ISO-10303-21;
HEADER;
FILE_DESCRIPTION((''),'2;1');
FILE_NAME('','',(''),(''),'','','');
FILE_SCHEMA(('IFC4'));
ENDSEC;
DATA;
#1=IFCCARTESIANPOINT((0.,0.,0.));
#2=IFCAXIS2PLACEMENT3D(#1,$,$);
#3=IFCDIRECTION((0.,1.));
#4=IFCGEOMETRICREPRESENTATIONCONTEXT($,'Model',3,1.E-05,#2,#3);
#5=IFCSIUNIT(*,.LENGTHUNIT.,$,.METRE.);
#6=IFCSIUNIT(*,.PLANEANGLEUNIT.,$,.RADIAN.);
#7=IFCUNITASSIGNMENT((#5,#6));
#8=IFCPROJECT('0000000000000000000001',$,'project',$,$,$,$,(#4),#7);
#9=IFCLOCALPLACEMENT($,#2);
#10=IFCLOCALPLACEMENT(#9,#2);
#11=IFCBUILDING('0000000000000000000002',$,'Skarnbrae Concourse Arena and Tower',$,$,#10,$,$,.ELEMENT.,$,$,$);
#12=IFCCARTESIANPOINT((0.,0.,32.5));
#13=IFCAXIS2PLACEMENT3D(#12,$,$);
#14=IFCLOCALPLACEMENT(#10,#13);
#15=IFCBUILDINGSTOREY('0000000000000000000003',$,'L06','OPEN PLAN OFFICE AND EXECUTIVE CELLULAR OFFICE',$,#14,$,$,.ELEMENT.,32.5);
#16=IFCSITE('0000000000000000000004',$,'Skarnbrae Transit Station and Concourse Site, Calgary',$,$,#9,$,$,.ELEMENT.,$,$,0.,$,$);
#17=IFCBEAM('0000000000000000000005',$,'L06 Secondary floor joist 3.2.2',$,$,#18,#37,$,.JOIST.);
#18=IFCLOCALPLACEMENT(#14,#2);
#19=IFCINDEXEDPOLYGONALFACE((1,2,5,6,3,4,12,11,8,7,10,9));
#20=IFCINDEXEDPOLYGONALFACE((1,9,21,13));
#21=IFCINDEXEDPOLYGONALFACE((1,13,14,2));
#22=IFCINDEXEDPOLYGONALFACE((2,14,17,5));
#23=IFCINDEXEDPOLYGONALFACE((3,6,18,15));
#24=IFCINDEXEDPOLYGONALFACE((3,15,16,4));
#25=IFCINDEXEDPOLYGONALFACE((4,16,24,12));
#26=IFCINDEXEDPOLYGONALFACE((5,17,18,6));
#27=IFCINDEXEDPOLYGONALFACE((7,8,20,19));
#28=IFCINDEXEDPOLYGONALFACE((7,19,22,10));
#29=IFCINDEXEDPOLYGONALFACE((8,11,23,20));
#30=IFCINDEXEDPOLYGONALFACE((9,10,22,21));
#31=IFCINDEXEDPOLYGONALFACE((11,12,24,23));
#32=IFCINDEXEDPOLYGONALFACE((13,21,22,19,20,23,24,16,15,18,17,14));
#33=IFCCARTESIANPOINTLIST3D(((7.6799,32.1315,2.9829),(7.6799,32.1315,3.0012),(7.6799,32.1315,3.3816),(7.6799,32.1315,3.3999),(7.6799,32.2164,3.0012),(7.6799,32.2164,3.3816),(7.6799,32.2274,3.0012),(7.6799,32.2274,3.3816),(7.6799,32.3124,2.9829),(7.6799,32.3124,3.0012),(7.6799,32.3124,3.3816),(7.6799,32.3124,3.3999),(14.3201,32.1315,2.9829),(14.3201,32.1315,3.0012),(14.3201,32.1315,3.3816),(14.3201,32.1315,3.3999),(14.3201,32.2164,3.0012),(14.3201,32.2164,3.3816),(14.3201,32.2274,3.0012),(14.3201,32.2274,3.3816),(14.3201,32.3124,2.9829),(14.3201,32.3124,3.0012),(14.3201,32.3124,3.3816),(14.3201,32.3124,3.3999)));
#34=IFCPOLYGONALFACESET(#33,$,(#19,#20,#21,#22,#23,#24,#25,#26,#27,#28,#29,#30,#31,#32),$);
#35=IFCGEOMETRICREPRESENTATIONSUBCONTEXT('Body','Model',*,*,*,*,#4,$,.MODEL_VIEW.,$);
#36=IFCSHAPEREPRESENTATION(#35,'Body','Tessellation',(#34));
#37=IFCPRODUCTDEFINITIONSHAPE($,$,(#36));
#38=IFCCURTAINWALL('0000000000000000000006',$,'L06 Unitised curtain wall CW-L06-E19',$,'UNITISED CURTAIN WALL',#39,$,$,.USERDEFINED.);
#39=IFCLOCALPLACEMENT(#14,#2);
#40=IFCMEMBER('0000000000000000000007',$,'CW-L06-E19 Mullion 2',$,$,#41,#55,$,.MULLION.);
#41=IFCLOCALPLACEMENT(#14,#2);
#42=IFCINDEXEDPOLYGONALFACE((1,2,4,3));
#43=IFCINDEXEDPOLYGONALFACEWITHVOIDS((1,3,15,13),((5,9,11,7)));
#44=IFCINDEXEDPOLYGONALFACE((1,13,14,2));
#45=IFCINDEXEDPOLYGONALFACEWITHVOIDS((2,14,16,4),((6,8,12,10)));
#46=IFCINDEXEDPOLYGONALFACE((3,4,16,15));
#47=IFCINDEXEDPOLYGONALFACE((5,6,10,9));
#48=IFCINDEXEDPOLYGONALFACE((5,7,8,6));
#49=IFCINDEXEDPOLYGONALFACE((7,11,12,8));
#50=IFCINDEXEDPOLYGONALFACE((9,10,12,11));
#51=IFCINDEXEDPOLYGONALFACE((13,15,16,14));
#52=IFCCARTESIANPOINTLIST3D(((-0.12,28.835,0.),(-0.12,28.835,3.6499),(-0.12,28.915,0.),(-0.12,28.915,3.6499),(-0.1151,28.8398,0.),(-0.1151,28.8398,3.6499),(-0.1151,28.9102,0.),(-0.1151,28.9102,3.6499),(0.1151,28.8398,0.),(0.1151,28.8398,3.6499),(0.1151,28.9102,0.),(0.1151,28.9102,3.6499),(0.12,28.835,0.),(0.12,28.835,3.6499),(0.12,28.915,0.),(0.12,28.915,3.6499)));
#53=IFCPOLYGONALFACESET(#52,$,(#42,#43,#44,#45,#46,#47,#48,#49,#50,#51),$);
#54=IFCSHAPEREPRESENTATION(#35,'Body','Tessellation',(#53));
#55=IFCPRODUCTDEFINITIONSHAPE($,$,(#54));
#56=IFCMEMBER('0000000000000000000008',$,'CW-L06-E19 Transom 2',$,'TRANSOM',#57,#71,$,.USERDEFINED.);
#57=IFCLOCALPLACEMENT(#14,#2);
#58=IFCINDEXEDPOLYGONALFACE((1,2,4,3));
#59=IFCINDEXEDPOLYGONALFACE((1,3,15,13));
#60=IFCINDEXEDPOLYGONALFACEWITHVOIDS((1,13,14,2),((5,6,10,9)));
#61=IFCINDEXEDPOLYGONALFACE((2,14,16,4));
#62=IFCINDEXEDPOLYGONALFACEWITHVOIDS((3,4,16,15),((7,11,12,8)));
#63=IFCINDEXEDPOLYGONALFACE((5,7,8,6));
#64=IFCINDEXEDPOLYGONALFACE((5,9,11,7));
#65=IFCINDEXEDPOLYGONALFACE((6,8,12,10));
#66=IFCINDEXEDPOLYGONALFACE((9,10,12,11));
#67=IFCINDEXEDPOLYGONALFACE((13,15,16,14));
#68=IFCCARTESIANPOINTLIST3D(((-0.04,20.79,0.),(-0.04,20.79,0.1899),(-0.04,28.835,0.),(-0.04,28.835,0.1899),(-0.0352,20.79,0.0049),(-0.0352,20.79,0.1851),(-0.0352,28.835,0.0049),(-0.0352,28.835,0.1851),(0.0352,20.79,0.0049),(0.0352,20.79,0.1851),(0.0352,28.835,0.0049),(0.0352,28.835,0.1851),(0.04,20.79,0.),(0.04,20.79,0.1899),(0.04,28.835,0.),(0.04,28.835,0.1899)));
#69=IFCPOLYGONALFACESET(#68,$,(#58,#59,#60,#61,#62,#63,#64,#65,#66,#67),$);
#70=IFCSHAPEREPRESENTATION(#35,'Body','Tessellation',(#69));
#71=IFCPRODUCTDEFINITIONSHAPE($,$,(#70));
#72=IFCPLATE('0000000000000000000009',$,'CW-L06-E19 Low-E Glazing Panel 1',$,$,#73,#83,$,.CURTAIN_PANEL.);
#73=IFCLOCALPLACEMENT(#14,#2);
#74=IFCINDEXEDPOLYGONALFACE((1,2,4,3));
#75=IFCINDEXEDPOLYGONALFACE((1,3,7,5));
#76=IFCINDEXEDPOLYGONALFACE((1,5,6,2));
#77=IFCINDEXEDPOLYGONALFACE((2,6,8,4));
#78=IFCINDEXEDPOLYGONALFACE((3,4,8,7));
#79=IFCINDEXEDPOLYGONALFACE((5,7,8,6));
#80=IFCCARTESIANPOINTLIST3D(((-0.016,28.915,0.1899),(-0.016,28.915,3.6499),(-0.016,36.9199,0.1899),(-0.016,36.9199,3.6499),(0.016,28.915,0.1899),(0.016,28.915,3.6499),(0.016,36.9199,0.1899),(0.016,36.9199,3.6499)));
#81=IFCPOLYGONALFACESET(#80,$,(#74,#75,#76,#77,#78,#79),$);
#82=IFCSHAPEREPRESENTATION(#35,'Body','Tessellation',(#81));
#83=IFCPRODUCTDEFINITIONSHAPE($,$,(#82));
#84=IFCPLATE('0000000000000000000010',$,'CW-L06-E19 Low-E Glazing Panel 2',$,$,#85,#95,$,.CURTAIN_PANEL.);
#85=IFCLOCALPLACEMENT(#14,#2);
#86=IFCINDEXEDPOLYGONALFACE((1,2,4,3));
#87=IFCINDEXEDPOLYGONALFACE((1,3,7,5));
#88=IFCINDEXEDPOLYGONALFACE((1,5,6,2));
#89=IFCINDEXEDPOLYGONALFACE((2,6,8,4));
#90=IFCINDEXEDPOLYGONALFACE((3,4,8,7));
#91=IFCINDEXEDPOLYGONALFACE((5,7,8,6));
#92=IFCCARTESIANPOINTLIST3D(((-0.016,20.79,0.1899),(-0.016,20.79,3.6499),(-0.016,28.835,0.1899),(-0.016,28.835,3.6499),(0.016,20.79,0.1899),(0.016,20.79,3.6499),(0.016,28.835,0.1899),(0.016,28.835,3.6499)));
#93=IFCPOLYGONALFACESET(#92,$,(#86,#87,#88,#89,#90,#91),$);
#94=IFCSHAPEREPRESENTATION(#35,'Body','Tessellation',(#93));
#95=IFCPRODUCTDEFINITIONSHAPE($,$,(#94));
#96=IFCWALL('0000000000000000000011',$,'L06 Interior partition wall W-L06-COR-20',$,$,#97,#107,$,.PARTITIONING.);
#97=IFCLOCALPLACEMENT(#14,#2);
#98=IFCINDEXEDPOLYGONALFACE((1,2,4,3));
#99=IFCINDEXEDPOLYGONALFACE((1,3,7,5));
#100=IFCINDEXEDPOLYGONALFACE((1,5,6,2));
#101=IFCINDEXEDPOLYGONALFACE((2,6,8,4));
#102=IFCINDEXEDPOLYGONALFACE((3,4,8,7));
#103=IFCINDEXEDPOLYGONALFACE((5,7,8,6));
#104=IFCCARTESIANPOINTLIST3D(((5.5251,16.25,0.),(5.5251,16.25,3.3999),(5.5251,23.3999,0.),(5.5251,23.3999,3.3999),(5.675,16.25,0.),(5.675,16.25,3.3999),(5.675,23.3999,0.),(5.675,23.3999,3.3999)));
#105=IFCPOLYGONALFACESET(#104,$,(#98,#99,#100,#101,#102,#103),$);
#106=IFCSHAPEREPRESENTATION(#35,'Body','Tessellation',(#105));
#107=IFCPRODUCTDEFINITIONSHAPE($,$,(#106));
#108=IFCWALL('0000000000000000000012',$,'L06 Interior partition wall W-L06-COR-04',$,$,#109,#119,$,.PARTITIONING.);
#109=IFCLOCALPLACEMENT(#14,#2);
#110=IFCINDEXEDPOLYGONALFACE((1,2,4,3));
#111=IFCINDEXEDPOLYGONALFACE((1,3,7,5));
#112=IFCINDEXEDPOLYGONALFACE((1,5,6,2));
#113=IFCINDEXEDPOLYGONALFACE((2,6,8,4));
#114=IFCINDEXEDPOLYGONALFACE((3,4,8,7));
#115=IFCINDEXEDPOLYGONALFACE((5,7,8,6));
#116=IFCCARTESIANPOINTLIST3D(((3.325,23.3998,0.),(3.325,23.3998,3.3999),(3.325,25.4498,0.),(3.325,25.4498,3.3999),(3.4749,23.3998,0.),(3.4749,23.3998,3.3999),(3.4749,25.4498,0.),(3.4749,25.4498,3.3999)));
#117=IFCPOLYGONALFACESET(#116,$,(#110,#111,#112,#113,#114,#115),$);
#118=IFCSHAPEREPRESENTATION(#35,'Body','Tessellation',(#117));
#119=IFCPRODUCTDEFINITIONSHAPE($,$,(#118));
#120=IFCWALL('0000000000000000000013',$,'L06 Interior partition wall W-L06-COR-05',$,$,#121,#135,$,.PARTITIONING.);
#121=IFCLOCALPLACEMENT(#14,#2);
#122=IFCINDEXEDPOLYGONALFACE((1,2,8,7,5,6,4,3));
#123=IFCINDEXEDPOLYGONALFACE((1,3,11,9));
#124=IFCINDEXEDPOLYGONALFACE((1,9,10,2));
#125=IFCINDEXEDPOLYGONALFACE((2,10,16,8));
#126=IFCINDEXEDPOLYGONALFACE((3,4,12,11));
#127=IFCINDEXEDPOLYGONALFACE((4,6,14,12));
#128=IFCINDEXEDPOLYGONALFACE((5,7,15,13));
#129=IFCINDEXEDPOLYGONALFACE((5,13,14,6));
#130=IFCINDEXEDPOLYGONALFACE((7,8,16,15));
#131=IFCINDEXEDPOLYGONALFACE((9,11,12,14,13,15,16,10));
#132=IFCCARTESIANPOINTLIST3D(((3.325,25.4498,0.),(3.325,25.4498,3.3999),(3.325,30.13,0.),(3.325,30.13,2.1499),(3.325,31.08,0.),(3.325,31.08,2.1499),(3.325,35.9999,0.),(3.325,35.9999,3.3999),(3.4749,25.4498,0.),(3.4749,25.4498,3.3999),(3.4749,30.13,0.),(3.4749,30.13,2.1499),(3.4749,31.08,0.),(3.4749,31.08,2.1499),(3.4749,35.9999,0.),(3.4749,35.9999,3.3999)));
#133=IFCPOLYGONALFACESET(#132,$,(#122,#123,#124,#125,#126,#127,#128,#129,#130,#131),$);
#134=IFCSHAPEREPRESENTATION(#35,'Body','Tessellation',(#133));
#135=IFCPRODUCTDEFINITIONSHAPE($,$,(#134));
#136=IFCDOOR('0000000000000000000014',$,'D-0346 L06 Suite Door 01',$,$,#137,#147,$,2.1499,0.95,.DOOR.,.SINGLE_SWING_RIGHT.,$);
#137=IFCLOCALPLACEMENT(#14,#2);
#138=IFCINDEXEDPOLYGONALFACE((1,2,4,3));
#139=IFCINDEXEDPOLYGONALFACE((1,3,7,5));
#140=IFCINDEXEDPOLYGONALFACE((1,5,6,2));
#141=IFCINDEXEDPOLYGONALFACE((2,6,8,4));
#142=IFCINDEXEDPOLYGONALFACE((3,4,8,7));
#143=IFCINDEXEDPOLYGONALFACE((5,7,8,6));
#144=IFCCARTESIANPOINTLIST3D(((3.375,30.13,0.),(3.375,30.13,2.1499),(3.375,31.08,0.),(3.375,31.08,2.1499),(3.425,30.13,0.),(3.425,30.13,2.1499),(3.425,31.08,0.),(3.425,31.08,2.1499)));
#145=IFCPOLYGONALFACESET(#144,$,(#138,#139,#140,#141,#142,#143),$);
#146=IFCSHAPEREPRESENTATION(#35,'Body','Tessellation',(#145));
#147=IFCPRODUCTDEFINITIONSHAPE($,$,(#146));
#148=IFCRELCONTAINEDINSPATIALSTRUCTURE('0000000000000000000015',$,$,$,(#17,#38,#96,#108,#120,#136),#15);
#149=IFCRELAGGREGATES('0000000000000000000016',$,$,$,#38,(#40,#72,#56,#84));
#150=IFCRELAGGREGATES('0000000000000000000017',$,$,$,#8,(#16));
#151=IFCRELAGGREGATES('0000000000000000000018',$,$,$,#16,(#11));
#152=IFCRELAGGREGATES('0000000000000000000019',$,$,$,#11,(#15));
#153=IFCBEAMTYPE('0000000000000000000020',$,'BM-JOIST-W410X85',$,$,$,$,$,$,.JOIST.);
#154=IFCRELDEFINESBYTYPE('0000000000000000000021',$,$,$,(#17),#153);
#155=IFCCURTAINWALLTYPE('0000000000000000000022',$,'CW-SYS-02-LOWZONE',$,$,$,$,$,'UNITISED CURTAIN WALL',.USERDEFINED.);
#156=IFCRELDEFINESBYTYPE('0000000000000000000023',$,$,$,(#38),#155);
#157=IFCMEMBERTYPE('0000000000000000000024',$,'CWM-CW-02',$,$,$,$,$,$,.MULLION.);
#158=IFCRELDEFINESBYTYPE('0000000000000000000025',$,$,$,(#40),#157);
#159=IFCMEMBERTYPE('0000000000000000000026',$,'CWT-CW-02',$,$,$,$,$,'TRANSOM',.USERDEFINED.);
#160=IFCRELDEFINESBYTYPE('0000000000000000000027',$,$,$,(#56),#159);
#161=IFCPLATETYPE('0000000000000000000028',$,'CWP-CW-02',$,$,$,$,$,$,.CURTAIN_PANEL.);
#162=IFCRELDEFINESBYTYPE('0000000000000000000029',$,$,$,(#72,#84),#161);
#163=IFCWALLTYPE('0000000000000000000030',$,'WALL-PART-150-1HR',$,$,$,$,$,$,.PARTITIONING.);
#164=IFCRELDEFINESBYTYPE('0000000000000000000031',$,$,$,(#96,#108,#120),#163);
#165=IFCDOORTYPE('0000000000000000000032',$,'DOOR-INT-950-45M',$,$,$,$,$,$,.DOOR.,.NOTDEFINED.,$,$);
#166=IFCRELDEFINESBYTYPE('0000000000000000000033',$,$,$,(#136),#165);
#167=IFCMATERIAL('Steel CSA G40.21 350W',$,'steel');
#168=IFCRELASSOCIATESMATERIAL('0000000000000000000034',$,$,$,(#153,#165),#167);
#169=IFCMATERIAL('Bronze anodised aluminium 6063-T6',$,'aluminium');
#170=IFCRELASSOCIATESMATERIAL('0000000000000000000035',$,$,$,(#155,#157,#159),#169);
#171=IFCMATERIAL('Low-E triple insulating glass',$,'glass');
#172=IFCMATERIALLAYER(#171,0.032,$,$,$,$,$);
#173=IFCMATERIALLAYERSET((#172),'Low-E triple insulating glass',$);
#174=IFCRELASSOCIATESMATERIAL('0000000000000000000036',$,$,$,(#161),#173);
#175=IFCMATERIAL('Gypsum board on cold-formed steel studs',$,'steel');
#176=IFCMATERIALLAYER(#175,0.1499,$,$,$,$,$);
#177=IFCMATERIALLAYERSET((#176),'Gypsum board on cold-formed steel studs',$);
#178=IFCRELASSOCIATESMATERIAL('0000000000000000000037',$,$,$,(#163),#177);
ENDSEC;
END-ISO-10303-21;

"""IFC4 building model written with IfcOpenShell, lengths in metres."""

from ifc_helpers import new_model, si_unit, direction, frame, frame_2d, origin, origin_2d, place, context, subcontext, project, spatial, rectangle, hollow_rectangle, i_section, extrude, source, transform, mapped, material, layer, layer_set, material_profile, profile_set, type_object, element, fill, aggregate, save


model = new_model("IFC4")

# Units and contexts
model_context = context("Model", 3, precision=1e-05, world=origin(), true_north=direction((0.0, 1.0)))
body_context = subcontext(model_context, "Body", "Model", "MODEL_VIEW")
ifc_project = project(units=[si_unit("LENGTHUNIT", "METRE"), si_unit("PLANEANGLEUNIT", "RADIAN")], contexts=[model_context])

# Site, building, storey
site_placement = place(None, origin())
site = spatial("IfcSite", under=ifc_project, at=site_placement, Name="Skarnbrae Transit Station and Concourse Site, Calgary", CompositionType="ELEMENT", RefElevation=0.0)
building_placement = place(site_placement, origin())
building = spatial("IfcBuilding", under=site, at=building_placement, Name="Skarnbrae Concourse Arena and Tower", CompositionType="ELEMENT")
storey_placement = place(building_placement, frame((0.0, 0.0, 32.5)))
storey = spatial("IfcBuildingStorey", under=building, at=storey_placement, Name="L06", Description="OPEN PLAN OFFICE AND EXECUTIVE CELLULAR OFFICE", CompositionType="ELEMENT", Elevation=32.5)

# Shared definitions
ifc_material_1 = material(Name="Steel CSA G40.21 350W", Category="steel")

# Beam
ifc_material_profile_1 = material_profile(ifc_material_1, i_section(OverallWidth=0.1809, OverallDepth=0.417, WebThickness=0.011, FlangeThickness=0.0183, at=origin_2d()), Name="W410X85")
ifc_profile_set_1 = profile_set([ifc_material_profile_1], Name="Steel CSA G40.21 350W")
beam_type_1 = type_object("IfcBeamType", Name="BM-JOIST-W410X85", PredefinedType="JOIST", material=ifc_profile_set_1)
shared_shape_1 = source(origin(), body_context, "Body", "SweptSolid", [
    extrude(i_section(OverallWidth=0.1809, OverallDepth=0.417, WebThickness=0.011, FlangeThickness=0.0183, at=origin_2d()), origin(), (0.0, 0.0, 1.0), 6.6401),
])
for number, where, z_axis, x_axis, name in (
    (1, (7.6799, 32.2219, 3.1914), (1.0, 0.0, 0.0), (0.0, 1.0, 0.0), "L06 Secondary floor joist 3.2.2"),
):
    element("IfcBeam", number, at=place(storey_placement, frame(where, z_axis=z_axis, x_axis=x_axis)), inside=storey, type_object=beam_type_1, Name=name, PredefinedType="JOIST", context=body_context, shape_type="MappedRepresentation", body=[
        mapped(shared_shape_1, transform((0.0, 0.0, 0.0))),
    ])

# Curtain wall, members, plates
ifc_material_2 = material(Name="Bronze anodised aluminium 6063-T6", Category="aluminium")
curtain_wall_type = type_object("IfcCurtainWallType", Name="CW-SYS-02-LOWZONE", ElementType="UNITISED CURTAIN WALL", PredefinedType="USERDEFINED", material=ifc_material_2)
curtain_wall_placement = place(storey_placement, origin())
curtain_wall = element("IfcCurtainWall", 2, at=curtain_wall_placement, inside=storey, type_object=curtain_wall_type, Name="L06 Unitised curtain wall CW-L06-E19", ObjectType="UNITISED CURTAIN WALL", PredefinedType="USERDEFINED")
ifc_material_profile_2 = material_profile(ifc_material_2, hollow_rectangle(XDim=0.0801, YDim=0.24, WallThickness=0.0049, at=origin_2d()), Name="ALU-MULL-80X240")
ifc_profile_set_2 = profile_set([ifc_material_profile_2], Name="Bronze anodised aluminium 6063-T6")
member_type_1 = type_object("IfcMemberType", Name="CWM-CW-02", PredefinedType="MULLION", material=ifc_profile_set_2)
shared_shape_2 = source(origin(), body_context, "Body", "SweptSolid", [
    extrude(hollow_rectangle(XDim=0.0801, YDim=0.24, WallThickness=0.0049, at=origin_2d()), origin(), (0.0, 0.0, 1.0), 3.6499),
])
member_1_placement = place(storey_placement, frame((0.0, 28.875, 0.0), z_axis=(0.0, 0.0, 1.0), x_axis=(0.0, -1.0, 0.0)))
member_1 = element("IfcMember", 3, at=member_1_placement, type_object=member_type_1, Name="CW-L06-E19 Mullion 2", PredefinedType="MULLION", context=body_context, shape_type="MappedRepresentation", body=[
    mapped(shared_shape_2, transform((0.0, 0.0, 0.0))),
])
ifc_material_profile_3 = material_profile(ifc_material_2, hollow_rectangle(XDim=0.0801, YDim=0.1899, WallThickness=0.0049, at=origin_2d()), Name="ALU-TRAN-80X190")
ifc_profile_set_3 = profile_set([ifc_material_profile_3], Name="Bronze anodised aluminium 6063-T6")
member_type_2 = type_object("IfcMemberType", Name="CWT-CW-02", ElementType="TRANSOM", PredefinedType="USERDEFINED", material=ifc_profile_set_3)
shared_shape_3 = source(origin(), body_context, "Body", "SweptSolid", [
    extrude(hollow_rectangle(XDim=0.0801, YDim=0.1899, WallThickness=0.0049, at=origin_2d()), origin(), (0.0, 0.0, 1.0), 8.0449),
])
member_2_placement = place(storey_placement, frame((0.0, 28.835, 0.095), z_axis=(0.0, -1.0, 0.0), x_axis=(1.0, 0.0, 0.0)))
member_2 = element("IfcMember", 4, at=member_2_placement, type_object=member_type_2, Name="CW-L06-E19 Transom 2", ObjectType="TRANSOM", PredefinedType="USERDEFINED", context=body_context, shape_type="MappedRepresentation", body=[
    mapped(shared_shape_3, transform((0.0, 0.0, 0.0))),
])
ifc_material_3 = material(Name="Low-E triple insulating glass", Category="glass")
ifc_layer_1 = layer(ifc_material_3, 0.032)
ifc_layer_set_1 = layer_set([ifc_layer_1], Name="Low-E triple insulating glass")
plate_type = type_object("IfcPlateType", Name="CWP-CW-02", PredefinedType="CURTAIN_PANEL", material=ifc_layer_set_1)
shared_shape_4 = source(origin(), body_context, "Body", "SweptSolid", [
    extrude(rectangle(XDim=8.0049, YDim=0.032, at=origin_2d()), origin(), (0.0, 0.0, 1.0), 3.46),
])
plate_1_placement = place(storey_placement, frame((0.0, 32.9175, 0.1899), z_axis=(0.0, 0.0, 1.0), x_axis=(0.0, -1.0, 0.0)))
plate_1 = element("IfcPlate", 5, at=plate_1_placement, type_object=plate_type, Name="CW-L06-E19 Low-E Glazing Panel 1", PredefinedType="CURTAIN_PANEL", context=body_context, shape_type="MappedRepresentation", body=[
    mapped(shared_shape_4, transform((0.0, 0.0, 0.0))),
])
shared_shape_5 = source(origin(), body_context, "Body", "SweptSolid", [
    extrude(rectangle(XDim=8.0449, YDim=0.032, at=origin_2d()), origin(), (0.0, 0.0, 1.0), 3.46),
])
plate_2_placement = place(storey_placement, frame((0.0, 24.8125, 0.1899), z_axis=(0.0, 0.0, 1.0), x_axis=(0.0, -1.0, 0.0)))
plate_2 = element("IfcPlate", 6, at=plate_2_placement, type_object=plate_type, Name="CW-L06-E19 Low-E Glazing Panel 2", PredefinedType="CURTAIN_PANEL", context=body_context, shape_type="MappedRepresentation", body=[
    mapped(shared_shape_5, transform((0.0, 0.0, 0.0))),
])
aggregate(curtain_wall, [member_1, plate_1, member_2, plate_2])

# Walls
ifc_material_4 = material(Name="Gypsum board on cold-formed steel studs", Category="steel")
ifc_layer_2 = layer(ifc_material_4, 0.1499)
ifc_layer_set_2 = layer_set([ifc_layer_2], Name="Gypsum board on cold-formed steel studs")
wall_type = type_object("IfcWallType", Name="WALL-PART-150-1HR", PredefinedType="PARTITIONING", material=ifc_layer_set_2)
shared_shape_6 = source(origin(), body_context, "Body", "SweptSolid", [
    extrude(rectangle(XDim=7.1499, YDim=0.1499, at=frame_2d((3.575, 0.0))), origin(), (0.0, 0.0, 1.0), 3.3999),
])
wall_1_placement = place(storey_placement, frame((5.6001, 23.3999, 0.0), z_axis=(0.0, 0.0, 1.0), x_axis=(0.0, -1.0, 0.0)))
element("IfcWall", 7, at=wall_1_placement, inside=storey, type_object=wall_type, Name="L06 Interior partition wall W-L06-COR-20", PredefinedType="PARTITIONING", context=body_context, shape_type="MappedRepresentation", body=[
    mapped(shared_shape_6, transform((0.0, 0.0, 0.0))),
])
shared_shape_7 = source(origin(), body_context, "Body", "SweptSolid", [
    extrude(rectangle(XDim=2.05, YDim=0.1499, at=frame_2d((1.0249, 0.0))), origin(), (0.0, 0.0, 1.0), 3.3999),
])
wall_2_placement = place(storey_placement, frame((3.3999, 23.3999, 0.0), z_axis=(0.0, 0.0, 1.0), x_axis=(0.0, 1.0, 0.0)))
element("IfcWall", 8, at=wall_2_placement, inside=storey, type_object=wall_type, Name="L06 Interior partition wall W-L06-COR-04", PredefinedType="PARTITIONING", context=body_context, shape_type="MappedRepresentation", body=[
    mapped(shared_shape_7, transform((0.0, 0.0, 0.0))),
])

# Wall, opening, door
shared_shape_8 = source(origin(), body_context, "Body", "SweptSolid", [
    extrude(rectangle(XDim=10.55, YDim=0.1499, at=frame_2d((5.2749, 0.0))), origin(), (0.0, 0.0, 1.0), 3.3999),
])
wall_3_placement = place(storey_placement, frame((3.3999, 25.45, 0.0), z_axis=(0.0, 0.0, 1.0), x_axis=(0.0, 1.0, 0.0)))
wall_3 = element("IfcWall", 9, at=wall_3_placement, inside=storey, type_object=wall_type, Name="L06 Interior partition wall W-L06-COR-05", PredefinedType="PARTITIONING", context=body_context, shape_type="MappedRepresentation", body=[
    mapped(shared_shape_8, transform((0.0, 0.0, 0.0))),
])
opening_1_placement = place(wall_3_placement, frame((4.6799, 0.0, 0.0)))
opening_1 = element("IfcOpeningElement", 10, at=opening_1_placement, cuts=wall_3, PredefinedType="OPENING", context=body_context, shape_type="SweptSolid", body=[
    extrude(rectangle(XDim=0.95, YDim=2.1499, at=frame_2d((0.4751, 1.075))), frame((0.0, 0.085, 0.0), z_axis=(0.0, -1.0, 0.0), x_axis=(1.0, 0.0, 0.0)), (0.0, 0.0, 1.0), 0.1699),
])
door_type = type_object("IfcDoorType", Name="DOOR-INT-950-45M", OperationType="NOTDEFINED", PredefinedType="DOOR", material=ifc_material_1)
shared_shape_9 = source(origin(), body_context, "Body", "SweptSolid", [
    extrude(rectangle(XDim=0.95, YDim=2.1499, at=frame_2d((0.4751, 1.075))), frame((0.0, 0.0249, 0.0), z_axis=(0.0, -1.0, 0.0), x_axis=(1.0, 0.0, 0.0)), (0.0, 0.0, 1.0), 0.05),
])
door_1_placement = place(opening_1_placement, origin())
door_1 = element("IfcDoor", 11, at=door_1_placement, inside=storey, type_object=door_type, Name="D-0346 L06 Suite Door 01", OperationType="SINGLE_SWING_RIGHT", OverallHeight=2.1499, OverallWidth=0.95, PredefinedType="DOOR", context=body_context, shape_type="MappedRepresentation", body=[
    mapped(shared_shape_9, transform((0.0, 0.0, 0.0))),
])
fill(opening_1, door_1)

save(model, "model.ifc")
